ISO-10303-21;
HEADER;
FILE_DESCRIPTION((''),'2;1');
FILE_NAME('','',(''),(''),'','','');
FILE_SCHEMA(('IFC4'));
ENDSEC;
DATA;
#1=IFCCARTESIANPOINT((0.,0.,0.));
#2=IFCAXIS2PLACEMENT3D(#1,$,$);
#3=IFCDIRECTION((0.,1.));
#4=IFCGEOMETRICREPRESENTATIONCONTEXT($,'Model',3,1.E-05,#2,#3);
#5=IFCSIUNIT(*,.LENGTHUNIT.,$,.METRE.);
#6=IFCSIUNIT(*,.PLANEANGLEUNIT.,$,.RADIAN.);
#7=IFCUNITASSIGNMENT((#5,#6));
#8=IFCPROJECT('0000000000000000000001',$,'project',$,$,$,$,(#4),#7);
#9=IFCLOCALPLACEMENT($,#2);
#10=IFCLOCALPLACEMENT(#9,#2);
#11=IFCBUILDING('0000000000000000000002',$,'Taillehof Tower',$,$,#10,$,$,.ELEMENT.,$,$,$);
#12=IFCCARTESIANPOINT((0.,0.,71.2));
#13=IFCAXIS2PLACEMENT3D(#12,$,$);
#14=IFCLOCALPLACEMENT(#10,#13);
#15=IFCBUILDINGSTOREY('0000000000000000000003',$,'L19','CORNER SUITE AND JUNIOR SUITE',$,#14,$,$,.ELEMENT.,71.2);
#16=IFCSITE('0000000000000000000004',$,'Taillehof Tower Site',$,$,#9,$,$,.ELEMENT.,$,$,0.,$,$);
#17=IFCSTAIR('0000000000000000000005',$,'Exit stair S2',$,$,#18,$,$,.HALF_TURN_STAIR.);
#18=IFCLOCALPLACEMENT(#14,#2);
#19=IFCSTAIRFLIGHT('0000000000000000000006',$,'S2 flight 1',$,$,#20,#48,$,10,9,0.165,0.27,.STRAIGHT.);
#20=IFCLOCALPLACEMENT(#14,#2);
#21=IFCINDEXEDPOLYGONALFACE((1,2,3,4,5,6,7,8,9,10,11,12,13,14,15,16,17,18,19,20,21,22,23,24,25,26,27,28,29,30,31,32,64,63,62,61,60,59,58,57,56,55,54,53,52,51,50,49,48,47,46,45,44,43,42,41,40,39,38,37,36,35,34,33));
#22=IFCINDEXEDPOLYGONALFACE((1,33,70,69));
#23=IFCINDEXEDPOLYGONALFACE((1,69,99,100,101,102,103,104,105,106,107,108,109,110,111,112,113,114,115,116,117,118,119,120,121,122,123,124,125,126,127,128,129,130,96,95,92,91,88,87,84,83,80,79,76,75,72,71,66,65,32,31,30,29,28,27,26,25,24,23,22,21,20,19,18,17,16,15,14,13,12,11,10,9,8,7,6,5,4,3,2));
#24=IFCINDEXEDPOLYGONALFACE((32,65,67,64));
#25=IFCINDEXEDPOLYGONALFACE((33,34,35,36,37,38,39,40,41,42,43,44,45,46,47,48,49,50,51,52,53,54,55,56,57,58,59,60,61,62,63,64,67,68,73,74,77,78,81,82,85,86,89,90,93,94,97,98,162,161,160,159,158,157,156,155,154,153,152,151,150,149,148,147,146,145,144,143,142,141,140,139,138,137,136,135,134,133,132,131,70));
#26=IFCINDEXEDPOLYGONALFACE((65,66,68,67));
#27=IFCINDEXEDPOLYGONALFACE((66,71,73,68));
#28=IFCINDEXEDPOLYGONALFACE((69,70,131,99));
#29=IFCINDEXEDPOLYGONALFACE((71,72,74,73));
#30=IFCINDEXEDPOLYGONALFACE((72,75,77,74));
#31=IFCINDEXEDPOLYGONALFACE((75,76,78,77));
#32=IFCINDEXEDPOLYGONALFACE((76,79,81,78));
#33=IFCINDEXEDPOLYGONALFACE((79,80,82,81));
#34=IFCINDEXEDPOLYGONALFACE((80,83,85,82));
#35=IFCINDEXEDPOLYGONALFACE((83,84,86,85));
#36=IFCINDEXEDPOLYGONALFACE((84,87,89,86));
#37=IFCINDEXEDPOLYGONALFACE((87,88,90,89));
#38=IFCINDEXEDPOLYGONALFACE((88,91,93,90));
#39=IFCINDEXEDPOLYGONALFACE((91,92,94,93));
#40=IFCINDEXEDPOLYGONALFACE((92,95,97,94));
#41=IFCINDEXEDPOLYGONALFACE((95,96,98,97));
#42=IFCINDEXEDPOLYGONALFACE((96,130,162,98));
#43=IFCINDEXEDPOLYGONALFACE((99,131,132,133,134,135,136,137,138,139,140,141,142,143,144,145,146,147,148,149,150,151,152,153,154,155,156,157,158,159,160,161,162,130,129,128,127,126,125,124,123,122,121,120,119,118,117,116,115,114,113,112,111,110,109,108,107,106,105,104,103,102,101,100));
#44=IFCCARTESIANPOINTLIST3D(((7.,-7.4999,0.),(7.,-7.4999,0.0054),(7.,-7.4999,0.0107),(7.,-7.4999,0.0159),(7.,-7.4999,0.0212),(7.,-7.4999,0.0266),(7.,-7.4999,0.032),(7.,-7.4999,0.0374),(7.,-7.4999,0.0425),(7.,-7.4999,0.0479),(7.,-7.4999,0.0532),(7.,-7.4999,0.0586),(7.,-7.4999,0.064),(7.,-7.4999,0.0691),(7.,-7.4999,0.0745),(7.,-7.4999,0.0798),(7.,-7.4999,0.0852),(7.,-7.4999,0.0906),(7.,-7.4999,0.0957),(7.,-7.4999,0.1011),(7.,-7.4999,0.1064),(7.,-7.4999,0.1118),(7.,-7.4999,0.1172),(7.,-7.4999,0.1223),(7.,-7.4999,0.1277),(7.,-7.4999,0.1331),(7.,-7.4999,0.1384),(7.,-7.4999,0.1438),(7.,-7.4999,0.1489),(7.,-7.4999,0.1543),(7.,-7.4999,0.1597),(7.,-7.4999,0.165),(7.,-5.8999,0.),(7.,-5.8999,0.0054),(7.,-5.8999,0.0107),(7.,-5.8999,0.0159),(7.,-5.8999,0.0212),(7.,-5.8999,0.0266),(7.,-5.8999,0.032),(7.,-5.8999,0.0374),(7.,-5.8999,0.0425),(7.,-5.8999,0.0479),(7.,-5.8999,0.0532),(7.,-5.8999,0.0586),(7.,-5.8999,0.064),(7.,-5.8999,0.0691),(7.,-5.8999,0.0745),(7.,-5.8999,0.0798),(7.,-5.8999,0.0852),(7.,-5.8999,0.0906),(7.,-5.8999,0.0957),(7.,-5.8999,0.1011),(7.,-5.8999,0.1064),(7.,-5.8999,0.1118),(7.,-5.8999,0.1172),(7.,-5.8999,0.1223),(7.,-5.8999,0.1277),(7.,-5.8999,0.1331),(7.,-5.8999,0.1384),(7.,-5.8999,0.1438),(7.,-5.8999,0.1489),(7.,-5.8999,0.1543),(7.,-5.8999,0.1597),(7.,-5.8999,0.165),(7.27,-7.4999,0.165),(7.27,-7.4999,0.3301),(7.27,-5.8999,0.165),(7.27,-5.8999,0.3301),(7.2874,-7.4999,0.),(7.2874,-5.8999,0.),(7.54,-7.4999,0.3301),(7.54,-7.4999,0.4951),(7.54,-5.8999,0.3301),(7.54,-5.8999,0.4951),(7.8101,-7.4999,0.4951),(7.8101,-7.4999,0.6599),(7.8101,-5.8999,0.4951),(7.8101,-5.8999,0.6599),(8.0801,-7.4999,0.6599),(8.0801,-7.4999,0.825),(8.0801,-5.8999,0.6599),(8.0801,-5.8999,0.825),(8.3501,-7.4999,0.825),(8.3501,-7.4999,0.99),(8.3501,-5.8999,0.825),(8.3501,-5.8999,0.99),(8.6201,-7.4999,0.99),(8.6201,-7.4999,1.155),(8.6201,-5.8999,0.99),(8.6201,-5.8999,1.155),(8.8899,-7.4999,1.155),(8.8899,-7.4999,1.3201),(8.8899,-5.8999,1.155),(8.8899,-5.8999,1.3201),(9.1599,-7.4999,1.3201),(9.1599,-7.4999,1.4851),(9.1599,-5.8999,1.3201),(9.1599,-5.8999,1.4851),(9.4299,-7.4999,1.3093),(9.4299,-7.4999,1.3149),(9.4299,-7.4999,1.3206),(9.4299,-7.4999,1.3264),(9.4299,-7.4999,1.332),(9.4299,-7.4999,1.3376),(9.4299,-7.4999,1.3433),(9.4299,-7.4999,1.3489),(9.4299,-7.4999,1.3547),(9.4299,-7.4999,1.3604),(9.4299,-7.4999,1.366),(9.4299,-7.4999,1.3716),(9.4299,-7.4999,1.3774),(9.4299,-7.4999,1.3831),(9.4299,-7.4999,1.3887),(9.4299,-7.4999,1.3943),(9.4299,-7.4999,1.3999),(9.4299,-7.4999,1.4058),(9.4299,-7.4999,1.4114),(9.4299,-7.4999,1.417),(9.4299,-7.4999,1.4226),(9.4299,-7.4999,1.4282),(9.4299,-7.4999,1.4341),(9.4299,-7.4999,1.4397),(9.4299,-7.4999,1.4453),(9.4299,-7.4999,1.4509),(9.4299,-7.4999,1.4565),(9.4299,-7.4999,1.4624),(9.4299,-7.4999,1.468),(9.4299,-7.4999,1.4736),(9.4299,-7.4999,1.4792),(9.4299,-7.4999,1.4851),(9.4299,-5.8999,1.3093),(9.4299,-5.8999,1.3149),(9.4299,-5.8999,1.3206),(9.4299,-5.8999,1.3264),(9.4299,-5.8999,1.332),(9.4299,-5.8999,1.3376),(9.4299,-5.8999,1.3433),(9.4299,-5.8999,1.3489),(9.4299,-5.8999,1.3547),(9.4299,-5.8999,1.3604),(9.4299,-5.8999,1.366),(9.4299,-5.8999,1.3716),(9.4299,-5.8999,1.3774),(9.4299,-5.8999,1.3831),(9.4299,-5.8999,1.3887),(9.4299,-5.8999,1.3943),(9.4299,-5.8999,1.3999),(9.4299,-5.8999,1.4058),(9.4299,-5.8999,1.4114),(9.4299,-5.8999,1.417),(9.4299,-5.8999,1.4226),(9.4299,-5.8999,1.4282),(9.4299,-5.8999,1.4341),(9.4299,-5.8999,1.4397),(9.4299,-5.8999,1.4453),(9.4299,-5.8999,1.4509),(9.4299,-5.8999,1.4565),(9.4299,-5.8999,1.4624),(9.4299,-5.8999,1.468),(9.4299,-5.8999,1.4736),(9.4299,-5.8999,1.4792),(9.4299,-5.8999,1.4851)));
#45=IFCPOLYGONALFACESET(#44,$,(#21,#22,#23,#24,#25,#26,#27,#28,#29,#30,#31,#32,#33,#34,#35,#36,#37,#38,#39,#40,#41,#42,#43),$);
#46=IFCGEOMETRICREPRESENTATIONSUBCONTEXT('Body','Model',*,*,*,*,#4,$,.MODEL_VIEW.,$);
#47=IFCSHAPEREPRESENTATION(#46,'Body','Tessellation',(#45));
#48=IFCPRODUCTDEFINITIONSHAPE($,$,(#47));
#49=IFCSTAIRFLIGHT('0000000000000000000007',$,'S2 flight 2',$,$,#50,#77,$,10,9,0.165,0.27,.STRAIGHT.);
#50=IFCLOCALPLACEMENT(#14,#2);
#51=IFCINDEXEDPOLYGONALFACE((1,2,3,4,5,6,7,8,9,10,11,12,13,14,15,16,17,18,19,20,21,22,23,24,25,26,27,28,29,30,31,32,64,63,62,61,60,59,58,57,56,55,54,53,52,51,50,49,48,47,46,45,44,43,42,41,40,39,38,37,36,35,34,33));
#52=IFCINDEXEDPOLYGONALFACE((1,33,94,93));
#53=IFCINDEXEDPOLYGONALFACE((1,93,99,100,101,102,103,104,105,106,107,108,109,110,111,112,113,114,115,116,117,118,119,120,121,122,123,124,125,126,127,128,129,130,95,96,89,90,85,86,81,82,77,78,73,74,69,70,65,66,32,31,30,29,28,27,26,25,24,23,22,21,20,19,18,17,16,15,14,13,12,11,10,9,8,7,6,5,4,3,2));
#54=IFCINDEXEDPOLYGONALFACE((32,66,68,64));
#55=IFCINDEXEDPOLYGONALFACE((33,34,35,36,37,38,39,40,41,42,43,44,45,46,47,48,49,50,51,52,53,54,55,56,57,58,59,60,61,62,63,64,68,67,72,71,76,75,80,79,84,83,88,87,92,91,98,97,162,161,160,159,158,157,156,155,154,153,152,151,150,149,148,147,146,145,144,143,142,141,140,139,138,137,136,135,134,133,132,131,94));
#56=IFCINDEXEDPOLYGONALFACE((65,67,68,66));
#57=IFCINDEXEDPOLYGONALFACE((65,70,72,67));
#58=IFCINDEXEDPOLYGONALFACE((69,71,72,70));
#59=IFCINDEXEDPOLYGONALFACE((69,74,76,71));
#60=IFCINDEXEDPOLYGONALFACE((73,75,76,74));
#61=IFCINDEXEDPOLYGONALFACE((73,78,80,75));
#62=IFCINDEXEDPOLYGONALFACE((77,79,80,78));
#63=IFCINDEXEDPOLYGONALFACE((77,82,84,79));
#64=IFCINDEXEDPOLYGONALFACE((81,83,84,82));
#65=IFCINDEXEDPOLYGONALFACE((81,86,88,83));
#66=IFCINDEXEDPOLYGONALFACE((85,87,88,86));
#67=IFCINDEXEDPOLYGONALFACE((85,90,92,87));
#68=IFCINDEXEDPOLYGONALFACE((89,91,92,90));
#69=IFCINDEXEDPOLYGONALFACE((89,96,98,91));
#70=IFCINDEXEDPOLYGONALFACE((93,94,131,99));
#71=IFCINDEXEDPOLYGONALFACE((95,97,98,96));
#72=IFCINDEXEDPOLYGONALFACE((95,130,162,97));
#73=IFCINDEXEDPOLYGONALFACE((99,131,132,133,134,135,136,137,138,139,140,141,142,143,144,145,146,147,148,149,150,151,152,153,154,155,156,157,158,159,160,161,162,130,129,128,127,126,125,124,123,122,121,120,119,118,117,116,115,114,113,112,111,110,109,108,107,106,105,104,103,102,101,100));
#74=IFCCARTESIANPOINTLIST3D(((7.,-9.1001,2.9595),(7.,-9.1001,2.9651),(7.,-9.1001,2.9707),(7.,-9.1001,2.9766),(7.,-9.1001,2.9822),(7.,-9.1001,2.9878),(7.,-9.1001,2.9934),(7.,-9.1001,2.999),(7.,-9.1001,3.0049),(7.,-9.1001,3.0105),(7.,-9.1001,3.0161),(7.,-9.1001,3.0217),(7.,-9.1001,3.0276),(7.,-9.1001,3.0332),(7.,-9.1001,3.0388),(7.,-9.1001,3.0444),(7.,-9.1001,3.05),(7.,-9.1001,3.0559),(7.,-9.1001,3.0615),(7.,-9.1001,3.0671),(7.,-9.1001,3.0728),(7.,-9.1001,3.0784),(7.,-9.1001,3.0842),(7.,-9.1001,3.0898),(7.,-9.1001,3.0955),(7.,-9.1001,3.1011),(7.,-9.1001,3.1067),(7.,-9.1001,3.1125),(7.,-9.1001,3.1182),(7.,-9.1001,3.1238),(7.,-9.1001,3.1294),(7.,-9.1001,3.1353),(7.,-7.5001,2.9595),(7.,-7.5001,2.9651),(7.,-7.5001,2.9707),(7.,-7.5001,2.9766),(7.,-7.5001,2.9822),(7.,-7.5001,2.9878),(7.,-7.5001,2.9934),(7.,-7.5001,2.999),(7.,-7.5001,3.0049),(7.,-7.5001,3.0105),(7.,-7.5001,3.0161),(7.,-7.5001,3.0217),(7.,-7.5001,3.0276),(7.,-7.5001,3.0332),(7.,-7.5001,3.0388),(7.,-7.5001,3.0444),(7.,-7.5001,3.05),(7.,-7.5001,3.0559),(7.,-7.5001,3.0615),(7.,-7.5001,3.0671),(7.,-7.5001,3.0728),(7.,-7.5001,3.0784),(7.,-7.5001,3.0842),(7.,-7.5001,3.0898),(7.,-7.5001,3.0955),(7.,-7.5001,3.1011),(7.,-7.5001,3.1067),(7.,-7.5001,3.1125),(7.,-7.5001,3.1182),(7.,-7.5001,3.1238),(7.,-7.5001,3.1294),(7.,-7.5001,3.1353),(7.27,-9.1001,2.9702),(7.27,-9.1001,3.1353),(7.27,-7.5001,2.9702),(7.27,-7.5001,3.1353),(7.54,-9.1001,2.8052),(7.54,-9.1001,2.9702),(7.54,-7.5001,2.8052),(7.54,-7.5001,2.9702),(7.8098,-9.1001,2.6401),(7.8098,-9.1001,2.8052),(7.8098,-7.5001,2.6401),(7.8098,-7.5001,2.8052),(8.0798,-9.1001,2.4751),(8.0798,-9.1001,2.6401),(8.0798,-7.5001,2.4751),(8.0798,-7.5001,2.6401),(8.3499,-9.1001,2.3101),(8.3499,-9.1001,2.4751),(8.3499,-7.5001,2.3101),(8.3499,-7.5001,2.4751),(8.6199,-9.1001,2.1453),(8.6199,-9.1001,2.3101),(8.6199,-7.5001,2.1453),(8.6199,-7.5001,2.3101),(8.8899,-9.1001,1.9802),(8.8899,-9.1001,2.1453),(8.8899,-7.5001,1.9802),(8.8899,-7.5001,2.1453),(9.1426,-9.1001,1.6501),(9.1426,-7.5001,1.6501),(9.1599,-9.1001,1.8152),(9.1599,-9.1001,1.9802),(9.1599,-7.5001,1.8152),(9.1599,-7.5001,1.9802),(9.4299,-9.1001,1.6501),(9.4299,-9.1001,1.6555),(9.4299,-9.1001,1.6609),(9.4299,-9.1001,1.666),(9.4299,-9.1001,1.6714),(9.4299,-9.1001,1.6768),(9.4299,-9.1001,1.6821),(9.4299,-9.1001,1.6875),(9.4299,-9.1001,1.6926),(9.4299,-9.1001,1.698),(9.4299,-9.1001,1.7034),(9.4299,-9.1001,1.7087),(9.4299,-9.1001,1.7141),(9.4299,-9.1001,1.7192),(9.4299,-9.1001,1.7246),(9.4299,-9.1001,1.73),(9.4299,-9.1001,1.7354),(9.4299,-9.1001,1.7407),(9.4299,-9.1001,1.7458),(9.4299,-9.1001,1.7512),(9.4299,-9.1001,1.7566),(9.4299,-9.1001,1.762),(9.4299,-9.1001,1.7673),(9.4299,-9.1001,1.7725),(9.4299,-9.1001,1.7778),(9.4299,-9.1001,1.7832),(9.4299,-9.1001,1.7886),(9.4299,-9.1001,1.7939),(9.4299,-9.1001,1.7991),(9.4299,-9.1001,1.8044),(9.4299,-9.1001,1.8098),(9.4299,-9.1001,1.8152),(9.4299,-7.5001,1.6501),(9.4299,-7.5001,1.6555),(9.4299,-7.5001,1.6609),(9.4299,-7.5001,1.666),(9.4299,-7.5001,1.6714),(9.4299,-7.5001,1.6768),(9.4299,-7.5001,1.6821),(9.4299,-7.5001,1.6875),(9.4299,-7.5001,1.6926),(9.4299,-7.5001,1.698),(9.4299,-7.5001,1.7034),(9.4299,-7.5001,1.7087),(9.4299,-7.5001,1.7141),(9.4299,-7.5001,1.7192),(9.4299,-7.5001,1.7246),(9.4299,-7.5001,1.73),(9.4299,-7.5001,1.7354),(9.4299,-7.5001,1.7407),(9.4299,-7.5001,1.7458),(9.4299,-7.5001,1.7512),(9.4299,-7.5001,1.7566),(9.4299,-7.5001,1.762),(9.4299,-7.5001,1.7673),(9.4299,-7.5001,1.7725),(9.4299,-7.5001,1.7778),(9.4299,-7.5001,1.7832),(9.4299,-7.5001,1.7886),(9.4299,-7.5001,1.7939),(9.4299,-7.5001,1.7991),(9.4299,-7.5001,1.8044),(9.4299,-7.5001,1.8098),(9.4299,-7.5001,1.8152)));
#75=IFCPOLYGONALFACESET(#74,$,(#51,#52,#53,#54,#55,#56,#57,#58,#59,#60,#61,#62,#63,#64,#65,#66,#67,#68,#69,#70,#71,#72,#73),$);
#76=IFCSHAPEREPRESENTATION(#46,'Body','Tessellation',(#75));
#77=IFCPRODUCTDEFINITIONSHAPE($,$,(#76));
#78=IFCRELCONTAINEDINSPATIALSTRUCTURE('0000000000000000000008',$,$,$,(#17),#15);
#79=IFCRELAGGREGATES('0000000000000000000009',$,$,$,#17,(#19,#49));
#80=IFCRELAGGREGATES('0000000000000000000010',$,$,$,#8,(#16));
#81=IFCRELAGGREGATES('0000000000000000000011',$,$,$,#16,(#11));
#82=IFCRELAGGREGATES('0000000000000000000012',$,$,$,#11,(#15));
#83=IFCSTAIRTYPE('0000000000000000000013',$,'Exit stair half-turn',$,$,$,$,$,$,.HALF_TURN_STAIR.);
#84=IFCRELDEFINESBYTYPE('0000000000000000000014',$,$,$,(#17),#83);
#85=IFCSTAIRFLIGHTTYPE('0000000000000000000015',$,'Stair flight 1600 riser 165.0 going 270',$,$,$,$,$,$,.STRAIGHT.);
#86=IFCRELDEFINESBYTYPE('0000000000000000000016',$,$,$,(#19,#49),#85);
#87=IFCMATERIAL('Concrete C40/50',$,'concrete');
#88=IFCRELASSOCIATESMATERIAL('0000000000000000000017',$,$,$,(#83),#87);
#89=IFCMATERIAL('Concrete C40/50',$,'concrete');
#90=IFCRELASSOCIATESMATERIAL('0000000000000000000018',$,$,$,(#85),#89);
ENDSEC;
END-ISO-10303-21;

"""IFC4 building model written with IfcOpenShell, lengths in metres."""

from ifc_helpers import new_model, si_unit, direction, frame, origin, place, context, subcontext, project, spatial, polyline, outline, extrude, material, type_object, element, aggregate, save


model = new_model("IFC4")

# Units and contexts
model_context = context("Model", 3, precision=1e-05, world=origin(), true_north=direction((0.0, 1.0)))
body_context = subcontext(model_context, "Body", "Model", "MODEL_VIEW")
ifc_project = project(units=[si_unit("LENGTHUNIT", "METRE"), si_unit("PLANEANGLEUNIT", "RADIAN")], contexts=[model_context])

# Site, building, storey
site_placement = place(None, origin())
site = spatial("IfcSite", under=ifc_project, at=site_placement, Name="Taillehof Tower Site", CompositionType="ELEMENT", RefElevation=0.0)
building_placement = place(site_placement, origin())
building = spatial("IfcBuilding", under=site, at=building_placement, Name="Taillehof Tower", CompositionType="ELEMENT")
storey_placement = place(building_placement, frame((0.0, 0.0, 71.2)))
storey = spatial("IfcBuildingStorey", under=building, at=storey_placement, Name="L19", Description="CORNER SUITE AND JUNIOR SUITE", CompositionType="ELEMENT", Elevation=71.2)

# Stair, stair flights
ifc_material_1 = material(Name="Concrete C40/50", Category="concrete")
stair_type = type_object("IfcStairType", Name="Exit stair half-turn", PredefinedType="HALF_TURN_STAIR", material=ifc_material_1)
stair_placement = place(storey_placement, origin())
stair = element("IfcStair", 1, at=stair_placement, inside=storey, type_object=stair_type, Name="Exit stair S2", PredefinedType="HALF_TURN_STAIR")
ifc_material_2 = material(Name="Concrete C40/50", Category="concrete")
stair_flight_type = type_object("IfcStairFlightType", Name="Stair flight 1600 riser 165.0 going 270", PredefinedType="STRAIGHT", material=ifc_material_2)
stair_flight_1_placement = place(storey_placement, frame((7.0, -6.7, 0.0), z_axis=(0.0, 0.0, 1.0), x_axis=(1.0, 0.0, 0.0)))
stair_flight_1 = element("IfcStairFlight", 2, at=stair_flight_1_placement, type_object=stair_flight_type, Name="S2 flight 1", NumberOfRisers=10, NumberOfTreads=9, PredefinedType="STRAIGHT", RiserHeight=0.165, TreadLength=0.27, context=body_context, shape_type="SweptSolid", body=[
    extrude(outline(polyline([(0.0, 0.0), (0.0, 0.0054), (0.0, 0.0107), (0.0, 0.0159), (0.0, 0.0212), (0.0, 0.0266), (0.0, 0.032), (0.0, 0.0374), (0.0, 0.0425), (0.0, 0.0479), (0.0, 0.0532), (0.0, 0.0586), (0.0, 0.064), (0.0, 0.0691), (0.0, 0.0745), (0.0, 0.0798), (0.0, 0.0852), (0.0, 0.0906), (0.0, 0.0957), (0.0, 0.1011), (0.0, 0.1064), (0.0, 0.1118), (0.0, 0.1172), (0.0, 0.1223), (0.0, 0.1277), (0.0, 0.1331), (0.0, 0.1384), (0.0, 0.1438), (0.0, 0.1489), (0.0, 0.1543), (0.0, 0.1597), (0.0, 0.165), (0.27, 0.165), (0.27, 0.3301), (0.54, 0.3301), (0.54, 0.4951), (0.8101, 0.4951), (0.8101, 0.6599), (1.0801, 0.6599), (1.0801, 0.825), (1.3501, 0.825), (1.3501, 0.99), (1.6201, 0.99), (1.6201, 1.155), (1.8899, 1.155), (1.8899, 1.3201), (2.1599, 1.3201), (2.1599, 1.4851), (2.4299, 1.4851), (2.4299, 1.4792), (2.4299, 1.4736), (2.4299, 1.468), (2.4299, 1.4624), (2.4299, 1.4565), (2.4299, 1.4509), (2.4299, 1.4453), (2.4299, 1.4397), (2.4299, 1.4341), (2.4299, 1.4282), (2.4299, 1.4226), (2.4299, 1.417), (2.4299, 1.4114), (2.4299, 1.4058), (2.4299, 1.3999), (2.4299, 1.3943), (2.4299, 1.3887), (2.4299, 1.3831), (2.4299, 1.3774), (2.4299, 1.3716), (2.4299, 1.366), (2.4299, 1.3604), (2.4299, 1.3547), (2.4299, 1.3489), (2.4299, 1.3433), (2.4299, 1.3376), (2.4299, 1.332), (2.4299, 1.3264), (2.4299, 1.3206), (2.4299, 1.3149), (2.4299, 1.3093), (0.2874, 0.0), (0.0, 0.0)])), frame((0.0, 0.8, 0.0), z_axis=(0.0, -1.0, 0.0), x_axis=(1.0, 0.0, 0.0)), (0.0, 0.0, 1.0), 1.6),
])
stair_flight_2_placement = place(storey_placement, frame((9.4299, -8.3, 1.6501), z_axis=(0.0, 0.0, 1.0), x_axis=(-1.0, 0.0, 0.0)))
stair_flight_2 = element("IfcStairFlight", 3, at=stair_flight_2_placement, type_object=stair_flight_type, Name="S2 flight 2", NumberOfRisers=10, NumberOfTreads=9, PredefinedType="STRAIGHT", RiserHeight=0.165, TreadLength=0.27, context=body_context, shape_type="SweptSolid", body=[
    extrude(outline(polyline([(0.0, 0.0), (0.0, 0.0054), (0.0, 0.0107), (0.0, 0.0159), (0.0, 0.0212), (0.0, 0.0266), (0.0, 0.032), (0.0, 0.0374), (0.0, 0.0425), (0.0, 0.0479), (0.0, 0.0532), (0.0, 0.0586), (0.0, 0.064), (0.0, 0.0691), (0.0, 0.0745), (0.0, 0.0798), (0.0, 0.0852), (0.0, 0.0906), (0.0, 0.0957), (0.0, 0.1011), (0.0, 0.1064), (0.0, 0.1118), (0.0, 0.1172), (0.0, 0.1223), (0.0, 0.1277), (0.0, 0.1331), (0.0, 0.1384), (0.0, 0.1438), (0.0, 0.1489), (0.0, 0.1543), (0.0, 0.1597), (0.0, 0.165), (0.27, 0.165), (0.27, 0.3301), (0.54, 0.3301), (0.54, 0.4951), (0.8101, 0.4951), (0.8101, 0.6599), (1.0801, 0.6599), (1.0801, 0.825), (1.3501, 0.825), (1.3501, 0.99), (1.6201, 0.99), (1.6201, 1.155), (1.8899, 1.155), (1.8899, 1.3201), (2.1599, 1.3201), (2.1599, 1.4851), (2.4299, 1.4851), (2.4299, 1.4792), (2.4299, 1.4736), (2.4299, 1.468), (2.4299, 1.4624), (2.4299, 1.4565), (2.4299, 1.4509), (2.4299, 1.4453), (2.4299, 1.4397), (2.4299, 1.4341), (2.4299, 1.4282), (2.4299, 1.4226), (2.4299, 1.417), (2.4299, 1.4114), (2.4299, 1.4058), (2.4299, 1.3999), (2.4299, 1.3943), (2.4299, 1.3887), (2.4299, 1.3831), (2.4299, 1.3774), (2.4299, 1.3716), (2.4299, 1.366), (2.4299, 1.3604), (2.4299, 1.3547), (2.4299, 1.3489), (2.4299, 1.3433), (2.4299, 1.3376), (2.4299, 1.332), (2.4299, 1.3264), (2.4299, 1.3206), (2.4299, 1.3149), (2.4299, 1.3093), (0.2874, 0.0), (0.0, 0.0)])), frame((0.0, 0.8, 0.0), z_axis=(0.0, -1.0, 0.0), x_axis=(1.0, 0.0, 0.0)), (0.0, 0.0, 1.0), 1.6),
])
aggregate(stair, [stair_flight_1, stair_flight_2])

save(model, "model.ifc")
